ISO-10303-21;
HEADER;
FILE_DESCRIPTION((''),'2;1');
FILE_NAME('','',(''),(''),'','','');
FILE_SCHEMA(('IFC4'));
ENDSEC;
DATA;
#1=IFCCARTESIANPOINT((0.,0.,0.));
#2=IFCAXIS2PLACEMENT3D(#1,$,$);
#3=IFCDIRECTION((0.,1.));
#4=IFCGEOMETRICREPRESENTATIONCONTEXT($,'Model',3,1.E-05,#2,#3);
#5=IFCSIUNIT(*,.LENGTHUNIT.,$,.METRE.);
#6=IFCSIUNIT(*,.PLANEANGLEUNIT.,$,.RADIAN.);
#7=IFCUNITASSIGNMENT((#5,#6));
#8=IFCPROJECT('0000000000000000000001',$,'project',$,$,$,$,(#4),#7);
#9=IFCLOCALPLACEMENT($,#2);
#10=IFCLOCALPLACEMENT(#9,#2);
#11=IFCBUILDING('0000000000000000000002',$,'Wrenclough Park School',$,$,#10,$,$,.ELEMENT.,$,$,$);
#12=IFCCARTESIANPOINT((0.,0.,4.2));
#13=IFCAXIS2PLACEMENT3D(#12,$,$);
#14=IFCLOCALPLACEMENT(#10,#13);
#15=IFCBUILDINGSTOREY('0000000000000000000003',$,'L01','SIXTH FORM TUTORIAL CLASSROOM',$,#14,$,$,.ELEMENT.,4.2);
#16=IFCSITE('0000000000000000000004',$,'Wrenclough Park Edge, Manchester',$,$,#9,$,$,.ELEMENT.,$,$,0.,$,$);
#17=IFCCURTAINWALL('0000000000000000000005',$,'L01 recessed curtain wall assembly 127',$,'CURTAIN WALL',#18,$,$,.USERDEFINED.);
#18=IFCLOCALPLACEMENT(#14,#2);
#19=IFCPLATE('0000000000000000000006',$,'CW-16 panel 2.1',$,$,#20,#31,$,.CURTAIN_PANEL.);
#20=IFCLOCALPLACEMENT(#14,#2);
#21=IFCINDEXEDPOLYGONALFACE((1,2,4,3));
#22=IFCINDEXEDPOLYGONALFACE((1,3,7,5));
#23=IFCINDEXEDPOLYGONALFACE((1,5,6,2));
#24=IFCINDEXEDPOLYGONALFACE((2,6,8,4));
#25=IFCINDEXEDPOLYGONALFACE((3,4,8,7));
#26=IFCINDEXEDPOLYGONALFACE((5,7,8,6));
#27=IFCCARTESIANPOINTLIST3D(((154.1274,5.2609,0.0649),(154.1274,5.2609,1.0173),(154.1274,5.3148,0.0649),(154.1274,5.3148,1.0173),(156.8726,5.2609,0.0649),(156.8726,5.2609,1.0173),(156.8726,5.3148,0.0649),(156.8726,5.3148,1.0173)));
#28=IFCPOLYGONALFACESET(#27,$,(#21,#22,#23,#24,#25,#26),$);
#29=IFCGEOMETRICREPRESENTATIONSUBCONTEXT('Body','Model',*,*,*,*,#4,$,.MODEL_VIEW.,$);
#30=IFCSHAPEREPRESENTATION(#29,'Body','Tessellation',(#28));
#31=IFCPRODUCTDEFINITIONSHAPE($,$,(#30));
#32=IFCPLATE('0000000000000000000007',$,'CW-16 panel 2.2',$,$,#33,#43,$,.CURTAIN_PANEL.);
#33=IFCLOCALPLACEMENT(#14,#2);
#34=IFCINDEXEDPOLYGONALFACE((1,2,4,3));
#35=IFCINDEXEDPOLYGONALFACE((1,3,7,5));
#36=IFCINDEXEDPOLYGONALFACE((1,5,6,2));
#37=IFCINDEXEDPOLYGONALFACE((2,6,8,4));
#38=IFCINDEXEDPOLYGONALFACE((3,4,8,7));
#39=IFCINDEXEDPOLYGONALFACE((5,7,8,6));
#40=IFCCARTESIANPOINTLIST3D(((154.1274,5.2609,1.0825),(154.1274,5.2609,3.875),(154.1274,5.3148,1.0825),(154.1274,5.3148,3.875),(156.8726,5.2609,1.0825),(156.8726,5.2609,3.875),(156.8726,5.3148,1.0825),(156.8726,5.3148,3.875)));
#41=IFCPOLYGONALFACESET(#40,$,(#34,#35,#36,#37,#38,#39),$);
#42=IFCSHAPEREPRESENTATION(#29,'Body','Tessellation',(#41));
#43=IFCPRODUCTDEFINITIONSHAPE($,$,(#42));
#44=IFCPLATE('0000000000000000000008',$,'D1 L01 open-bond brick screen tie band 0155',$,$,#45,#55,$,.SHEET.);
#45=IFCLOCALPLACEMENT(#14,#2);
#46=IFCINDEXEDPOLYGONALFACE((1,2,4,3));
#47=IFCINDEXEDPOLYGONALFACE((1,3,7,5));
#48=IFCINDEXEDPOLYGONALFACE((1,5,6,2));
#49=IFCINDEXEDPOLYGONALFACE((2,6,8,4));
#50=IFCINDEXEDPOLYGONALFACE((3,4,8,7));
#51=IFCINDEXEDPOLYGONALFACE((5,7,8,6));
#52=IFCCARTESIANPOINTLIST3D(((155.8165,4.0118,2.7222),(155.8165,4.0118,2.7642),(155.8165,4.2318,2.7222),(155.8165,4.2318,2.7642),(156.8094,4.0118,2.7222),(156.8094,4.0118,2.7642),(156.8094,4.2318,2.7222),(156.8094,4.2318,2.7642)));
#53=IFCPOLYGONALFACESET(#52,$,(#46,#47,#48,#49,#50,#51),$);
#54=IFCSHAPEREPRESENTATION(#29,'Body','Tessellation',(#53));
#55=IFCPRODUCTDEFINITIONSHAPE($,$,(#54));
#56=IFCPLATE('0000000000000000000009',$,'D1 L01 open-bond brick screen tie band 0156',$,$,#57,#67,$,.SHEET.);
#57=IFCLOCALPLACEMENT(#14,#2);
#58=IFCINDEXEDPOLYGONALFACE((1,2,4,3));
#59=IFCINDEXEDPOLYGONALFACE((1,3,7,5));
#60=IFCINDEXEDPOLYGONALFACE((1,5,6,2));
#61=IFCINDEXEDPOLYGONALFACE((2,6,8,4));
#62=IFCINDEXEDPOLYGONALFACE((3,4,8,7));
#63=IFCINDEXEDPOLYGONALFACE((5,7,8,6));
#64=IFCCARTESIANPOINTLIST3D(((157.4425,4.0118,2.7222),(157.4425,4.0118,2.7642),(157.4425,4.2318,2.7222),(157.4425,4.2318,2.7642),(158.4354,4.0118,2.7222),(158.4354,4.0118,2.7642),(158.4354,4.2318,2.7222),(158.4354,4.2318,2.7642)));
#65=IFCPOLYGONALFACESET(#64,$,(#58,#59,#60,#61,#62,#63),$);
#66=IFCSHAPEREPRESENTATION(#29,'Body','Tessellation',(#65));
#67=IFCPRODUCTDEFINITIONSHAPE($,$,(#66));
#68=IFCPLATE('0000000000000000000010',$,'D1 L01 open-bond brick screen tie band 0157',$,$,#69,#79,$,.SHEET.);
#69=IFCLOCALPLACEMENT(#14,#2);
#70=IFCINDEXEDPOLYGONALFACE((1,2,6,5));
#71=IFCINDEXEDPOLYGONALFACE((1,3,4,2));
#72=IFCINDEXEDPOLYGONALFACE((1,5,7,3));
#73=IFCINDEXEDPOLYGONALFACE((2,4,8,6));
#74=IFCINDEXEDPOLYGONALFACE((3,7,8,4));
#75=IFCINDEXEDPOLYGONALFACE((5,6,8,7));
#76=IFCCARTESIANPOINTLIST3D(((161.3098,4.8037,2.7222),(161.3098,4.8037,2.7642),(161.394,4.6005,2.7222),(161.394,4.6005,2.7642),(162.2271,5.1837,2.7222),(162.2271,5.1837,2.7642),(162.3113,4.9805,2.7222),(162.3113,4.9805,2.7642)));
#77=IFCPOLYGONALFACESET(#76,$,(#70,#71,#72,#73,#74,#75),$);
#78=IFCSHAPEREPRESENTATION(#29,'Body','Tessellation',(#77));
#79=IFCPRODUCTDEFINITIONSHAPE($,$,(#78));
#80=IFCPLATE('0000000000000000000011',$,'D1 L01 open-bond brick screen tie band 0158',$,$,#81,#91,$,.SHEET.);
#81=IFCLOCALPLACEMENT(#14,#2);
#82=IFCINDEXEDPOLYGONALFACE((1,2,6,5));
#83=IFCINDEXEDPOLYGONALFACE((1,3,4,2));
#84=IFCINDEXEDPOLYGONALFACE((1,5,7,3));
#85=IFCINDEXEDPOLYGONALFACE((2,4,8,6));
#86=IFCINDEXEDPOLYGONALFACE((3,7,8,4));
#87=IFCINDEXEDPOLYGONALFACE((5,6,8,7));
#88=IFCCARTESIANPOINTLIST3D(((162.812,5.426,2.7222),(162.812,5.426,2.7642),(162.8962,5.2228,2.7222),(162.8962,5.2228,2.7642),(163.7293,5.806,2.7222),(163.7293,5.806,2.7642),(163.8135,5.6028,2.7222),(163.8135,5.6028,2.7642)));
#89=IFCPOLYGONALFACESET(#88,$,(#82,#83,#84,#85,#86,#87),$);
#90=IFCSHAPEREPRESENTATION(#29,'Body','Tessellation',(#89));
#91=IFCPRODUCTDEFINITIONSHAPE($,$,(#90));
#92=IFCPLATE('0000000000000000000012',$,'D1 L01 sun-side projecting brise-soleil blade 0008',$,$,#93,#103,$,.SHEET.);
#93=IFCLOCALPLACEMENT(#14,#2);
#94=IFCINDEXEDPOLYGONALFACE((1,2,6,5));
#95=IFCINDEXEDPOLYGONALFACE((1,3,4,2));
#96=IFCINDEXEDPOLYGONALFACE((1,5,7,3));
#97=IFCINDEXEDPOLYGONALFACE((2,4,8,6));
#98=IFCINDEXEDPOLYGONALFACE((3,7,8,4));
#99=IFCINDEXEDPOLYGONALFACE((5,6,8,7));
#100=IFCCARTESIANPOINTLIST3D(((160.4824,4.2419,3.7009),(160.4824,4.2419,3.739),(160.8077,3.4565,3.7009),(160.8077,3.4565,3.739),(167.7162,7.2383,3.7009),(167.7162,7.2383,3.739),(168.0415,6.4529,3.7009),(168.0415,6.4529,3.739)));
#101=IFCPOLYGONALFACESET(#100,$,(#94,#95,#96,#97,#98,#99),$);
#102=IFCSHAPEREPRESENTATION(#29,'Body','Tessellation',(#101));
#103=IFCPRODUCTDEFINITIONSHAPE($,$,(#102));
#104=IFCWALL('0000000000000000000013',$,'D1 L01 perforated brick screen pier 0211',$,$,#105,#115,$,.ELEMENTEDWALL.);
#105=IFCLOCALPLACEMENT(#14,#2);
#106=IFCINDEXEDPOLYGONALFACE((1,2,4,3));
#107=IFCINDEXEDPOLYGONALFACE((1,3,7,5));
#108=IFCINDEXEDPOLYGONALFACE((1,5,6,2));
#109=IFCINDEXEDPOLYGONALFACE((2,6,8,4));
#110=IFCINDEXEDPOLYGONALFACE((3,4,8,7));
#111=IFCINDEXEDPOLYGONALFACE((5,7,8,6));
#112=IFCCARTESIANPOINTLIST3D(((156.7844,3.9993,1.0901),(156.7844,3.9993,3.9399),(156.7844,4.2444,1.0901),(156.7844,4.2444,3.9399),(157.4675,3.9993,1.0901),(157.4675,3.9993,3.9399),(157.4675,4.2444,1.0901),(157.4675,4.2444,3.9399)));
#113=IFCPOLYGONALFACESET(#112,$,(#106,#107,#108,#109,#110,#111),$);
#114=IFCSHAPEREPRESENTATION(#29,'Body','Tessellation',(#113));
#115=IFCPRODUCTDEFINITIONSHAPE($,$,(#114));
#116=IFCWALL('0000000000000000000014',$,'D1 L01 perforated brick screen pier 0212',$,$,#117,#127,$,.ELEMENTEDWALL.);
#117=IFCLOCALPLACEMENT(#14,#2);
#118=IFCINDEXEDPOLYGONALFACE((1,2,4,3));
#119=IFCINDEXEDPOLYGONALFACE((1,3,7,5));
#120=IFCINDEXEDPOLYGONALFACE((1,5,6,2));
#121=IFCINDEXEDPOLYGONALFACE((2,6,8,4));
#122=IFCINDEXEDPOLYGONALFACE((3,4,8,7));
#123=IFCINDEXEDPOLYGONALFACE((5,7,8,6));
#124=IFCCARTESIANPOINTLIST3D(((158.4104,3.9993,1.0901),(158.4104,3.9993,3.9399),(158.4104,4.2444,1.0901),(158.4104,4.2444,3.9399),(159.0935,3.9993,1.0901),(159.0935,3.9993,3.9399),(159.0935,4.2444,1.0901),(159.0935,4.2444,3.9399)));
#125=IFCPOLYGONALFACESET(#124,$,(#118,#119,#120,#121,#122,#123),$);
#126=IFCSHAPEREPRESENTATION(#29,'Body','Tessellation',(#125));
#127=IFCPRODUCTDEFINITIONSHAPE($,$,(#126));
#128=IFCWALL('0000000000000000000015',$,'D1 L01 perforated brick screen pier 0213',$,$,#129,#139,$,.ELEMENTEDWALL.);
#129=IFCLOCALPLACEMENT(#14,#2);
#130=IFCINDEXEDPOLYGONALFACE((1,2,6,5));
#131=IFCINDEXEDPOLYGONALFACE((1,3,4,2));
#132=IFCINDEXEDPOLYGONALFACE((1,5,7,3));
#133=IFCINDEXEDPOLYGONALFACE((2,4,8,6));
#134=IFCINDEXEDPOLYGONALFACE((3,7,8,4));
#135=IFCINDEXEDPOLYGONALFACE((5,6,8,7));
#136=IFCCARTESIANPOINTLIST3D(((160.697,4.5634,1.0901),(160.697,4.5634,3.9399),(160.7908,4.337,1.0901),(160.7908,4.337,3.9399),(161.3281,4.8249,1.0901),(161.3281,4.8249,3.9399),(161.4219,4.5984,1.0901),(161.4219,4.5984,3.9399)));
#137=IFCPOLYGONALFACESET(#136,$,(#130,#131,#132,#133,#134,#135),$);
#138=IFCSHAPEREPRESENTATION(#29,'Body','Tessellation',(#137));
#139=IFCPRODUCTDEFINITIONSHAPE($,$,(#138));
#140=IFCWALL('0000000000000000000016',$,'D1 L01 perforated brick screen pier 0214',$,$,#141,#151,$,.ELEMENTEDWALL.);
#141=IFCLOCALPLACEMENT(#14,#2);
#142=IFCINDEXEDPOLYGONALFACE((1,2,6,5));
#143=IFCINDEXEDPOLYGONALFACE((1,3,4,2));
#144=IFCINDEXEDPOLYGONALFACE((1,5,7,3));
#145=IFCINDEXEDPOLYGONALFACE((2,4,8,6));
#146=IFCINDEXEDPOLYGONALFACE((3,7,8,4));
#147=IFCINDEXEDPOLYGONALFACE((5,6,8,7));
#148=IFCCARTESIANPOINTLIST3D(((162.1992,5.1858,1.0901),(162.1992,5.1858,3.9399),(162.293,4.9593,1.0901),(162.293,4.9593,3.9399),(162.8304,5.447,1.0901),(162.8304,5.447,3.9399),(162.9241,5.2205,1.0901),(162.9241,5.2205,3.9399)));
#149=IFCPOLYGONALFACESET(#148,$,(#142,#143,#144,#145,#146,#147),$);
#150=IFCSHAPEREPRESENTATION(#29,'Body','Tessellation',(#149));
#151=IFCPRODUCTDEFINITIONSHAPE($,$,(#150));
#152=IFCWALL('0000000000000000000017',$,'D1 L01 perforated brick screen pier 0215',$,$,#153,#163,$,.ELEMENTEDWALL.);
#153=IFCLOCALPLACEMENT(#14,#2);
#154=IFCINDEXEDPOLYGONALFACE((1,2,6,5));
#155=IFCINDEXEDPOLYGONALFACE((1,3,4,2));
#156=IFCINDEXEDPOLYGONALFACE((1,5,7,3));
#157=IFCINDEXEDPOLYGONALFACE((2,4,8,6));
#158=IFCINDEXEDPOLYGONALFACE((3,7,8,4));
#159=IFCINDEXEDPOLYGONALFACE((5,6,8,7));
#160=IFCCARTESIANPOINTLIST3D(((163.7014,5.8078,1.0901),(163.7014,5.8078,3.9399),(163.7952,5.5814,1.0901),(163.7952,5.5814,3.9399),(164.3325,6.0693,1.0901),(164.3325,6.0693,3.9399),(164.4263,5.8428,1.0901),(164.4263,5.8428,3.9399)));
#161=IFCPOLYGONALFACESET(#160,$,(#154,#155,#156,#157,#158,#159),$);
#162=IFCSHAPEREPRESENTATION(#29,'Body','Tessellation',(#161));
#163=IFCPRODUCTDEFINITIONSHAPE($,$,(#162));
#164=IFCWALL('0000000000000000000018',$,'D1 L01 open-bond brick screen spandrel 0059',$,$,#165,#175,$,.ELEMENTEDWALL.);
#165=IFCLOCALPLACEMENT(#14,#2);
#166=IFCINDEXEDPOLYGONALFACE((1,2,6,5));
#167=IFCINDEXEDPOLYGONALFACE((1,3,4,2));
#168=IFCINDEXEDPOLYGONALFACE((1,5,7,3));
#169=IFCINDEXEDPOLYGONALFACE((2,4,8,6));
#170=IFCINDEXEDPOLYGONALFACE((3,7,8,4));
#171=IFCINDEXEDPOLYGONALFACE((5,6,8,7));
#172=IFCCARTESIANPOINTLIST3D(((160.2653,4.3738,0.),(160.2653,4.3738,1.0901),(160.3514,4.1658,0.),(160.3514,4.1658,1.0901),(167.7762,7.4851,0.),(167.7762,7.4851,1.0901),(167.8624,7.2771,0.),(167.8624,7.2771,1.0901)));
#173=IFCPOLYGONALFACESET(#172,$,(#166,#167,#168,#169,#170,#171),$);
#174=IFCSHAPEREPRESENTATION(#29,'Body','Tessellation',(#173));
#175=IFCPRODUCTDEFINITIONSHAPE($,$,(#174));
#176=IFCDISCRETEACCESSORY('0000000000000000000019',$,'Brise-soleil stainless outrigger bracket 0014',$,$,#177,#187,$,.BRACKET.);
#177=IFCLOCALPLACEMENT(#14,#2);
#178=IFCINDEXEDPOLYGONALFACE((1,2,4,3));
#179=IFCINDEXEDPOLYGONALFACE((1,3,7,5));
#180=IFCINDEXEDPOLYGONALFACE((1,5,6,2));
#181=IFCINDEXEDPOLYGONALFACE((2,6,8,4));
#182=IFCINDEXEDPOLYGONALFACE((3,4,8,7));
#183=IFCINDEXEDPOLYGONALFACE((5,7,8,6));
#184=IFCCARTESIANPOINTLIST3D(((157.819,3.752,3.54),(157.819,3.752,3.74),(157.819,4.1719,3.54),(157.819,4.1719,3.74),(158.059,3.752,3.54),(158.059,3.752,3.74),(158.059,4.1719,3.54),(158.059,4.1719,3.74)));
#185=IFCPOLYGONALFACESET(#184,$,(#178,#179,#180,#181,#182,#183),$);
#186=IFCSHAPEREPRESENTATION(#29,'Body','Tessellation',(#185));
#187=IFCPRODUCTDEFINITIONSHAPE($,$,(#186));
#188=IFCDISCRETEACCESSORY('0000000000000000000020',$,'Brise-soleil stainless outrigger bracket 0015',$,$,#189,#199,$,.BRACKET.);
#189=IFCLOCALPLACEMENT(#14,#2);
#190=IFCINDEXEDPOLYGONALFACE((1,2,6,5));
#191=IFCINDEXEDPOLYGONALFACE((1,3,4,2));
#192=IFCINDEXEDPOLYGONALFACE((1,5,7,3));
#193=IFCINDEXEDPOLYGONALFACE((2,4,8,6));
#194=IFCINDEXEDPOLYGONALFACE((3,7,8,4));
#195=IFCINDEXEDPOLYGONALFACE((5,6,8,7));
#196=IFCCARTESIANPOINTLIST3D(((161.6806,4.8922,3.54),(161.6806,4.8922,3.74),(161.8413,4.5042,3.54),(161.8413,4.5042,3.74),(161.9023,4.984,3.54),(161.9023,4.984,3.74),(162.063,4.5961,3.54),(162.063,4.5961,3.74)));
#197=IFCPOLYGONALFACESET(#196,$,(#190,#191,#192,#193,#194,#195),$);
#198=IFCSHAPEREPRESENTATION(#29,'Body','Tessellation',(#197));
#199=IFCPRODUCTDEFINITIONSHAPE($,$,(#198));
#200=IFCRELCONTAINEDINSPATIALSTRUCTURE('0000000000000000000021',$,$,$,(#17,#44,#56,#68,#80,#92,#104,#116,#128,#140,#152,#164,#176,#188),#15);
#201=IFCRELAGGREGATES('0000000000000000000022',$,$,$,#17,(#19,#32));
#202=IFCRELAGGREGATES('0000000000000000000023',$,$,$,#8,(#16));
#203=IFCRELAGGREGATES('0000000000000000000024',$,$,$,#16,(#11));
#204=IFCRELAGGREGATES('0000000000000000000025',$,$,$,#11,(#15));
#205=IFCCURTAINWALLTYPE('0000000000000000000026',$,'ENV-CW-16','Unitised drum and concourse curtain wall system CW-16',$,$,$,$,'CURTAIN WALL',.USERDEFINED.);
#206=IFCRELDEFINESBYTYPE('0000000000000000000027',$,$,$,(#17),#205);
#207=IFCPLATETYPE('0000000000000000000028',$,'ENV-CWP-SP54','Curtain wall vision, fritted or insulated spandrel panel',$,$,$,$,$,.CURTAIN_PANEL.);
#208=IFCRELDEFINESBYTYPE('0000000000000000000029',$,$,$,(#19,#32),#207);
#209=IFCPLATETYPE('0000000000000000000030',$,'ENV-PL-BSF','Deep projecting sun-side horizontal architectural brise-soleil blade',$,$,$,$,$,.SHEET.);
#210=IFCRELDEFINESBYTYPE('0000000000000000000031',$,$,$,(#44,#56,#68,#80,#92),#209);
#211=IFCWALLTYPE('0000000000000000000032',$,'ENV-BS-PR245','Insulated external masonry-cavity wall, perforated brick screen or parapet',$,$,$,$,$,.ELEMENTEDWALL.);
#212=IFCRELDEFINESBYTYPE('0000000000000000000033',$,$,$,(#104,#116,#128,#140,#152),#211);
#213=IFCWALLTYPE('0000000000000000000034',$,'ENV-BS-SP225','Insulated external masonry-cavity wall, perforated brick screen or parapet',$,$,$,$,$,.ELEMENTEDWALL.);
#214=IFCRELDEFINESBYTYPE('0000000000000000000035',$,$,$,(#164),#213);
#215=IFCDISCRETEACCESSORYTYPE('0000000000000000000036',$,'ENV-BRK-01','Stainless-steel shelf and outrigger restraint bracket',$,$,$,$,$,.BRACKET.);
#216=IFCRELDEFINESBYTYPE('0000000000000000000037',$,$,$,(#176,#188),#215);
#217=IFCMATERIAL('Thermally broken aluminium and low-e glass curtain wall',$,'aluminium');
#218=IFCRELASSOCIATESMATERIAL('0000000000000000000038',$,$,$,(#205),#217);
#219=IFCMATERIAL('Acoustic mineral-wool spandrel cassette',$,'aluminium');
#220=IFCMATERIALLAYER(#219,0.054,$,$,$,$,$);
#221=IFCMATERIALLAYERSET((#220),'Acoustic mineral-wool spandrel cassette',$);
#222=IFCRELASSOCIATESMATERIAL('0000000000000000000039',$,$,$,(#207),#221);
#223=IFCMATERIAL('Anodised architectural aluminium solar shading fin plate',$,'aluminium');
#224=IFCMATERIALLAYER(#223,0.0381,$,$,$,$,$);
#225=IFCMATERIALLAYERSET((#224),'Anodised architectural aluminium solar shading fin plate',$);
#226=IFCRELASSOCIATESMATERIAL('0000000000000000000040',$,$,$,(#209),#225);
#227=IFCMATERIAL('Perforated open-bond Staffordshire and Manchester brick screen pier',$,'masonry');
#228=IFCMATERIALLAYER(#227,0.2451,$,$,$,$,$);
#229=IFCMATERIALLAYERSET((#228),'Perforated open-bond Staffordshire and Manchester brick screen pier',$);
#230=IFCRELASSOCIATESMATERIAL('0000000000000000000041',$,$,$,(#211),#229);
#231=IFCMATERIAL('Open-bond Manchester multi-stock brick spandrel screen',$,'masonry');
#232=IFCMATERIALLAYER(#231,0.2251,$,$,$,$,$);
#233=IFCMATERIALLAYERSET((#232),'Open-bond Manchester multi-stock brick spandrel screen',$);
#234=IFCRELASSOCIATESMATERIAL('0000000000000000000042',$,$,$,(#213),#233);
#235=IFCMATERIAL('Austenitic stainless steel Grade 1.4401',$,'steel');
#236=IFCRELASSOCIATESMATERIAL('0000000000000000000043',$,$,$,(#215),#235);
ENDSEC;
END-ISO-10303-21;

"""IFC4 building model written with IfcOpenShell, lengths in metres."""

from ifc_helpers import new_model, si_unit, direction, frame, frame_2d, origin, origin_2d, place, context, subcontext, project, spatial, rectangle, extrude, material, layer, layer_set, type_object, element, aggregate, save


model = new_model("IFC4")

# Units and contexts
model_context = context("Model", 3, precision=1e-05, world=origin(), true_north=direction((0.0, 1.0)))
body_context = subcontext(model_context, "Body", "Model", "MODEL_VIEW")
ifc_project = project(units=[si_unit("LENGTHUNIT", "METRE"), si_unit("PLANEANGLEUNIT", "RADIAN")], contexts=[model_context])

# Site, building, storey
site_placement = place(None, origin())
site = spatial("IfcSite", under=ifc_project, at=site_placement, Name="Wrenclough Park Edge, Manchester", CompositionType="ELEMENT", RefElevation=0.0)
building_placement = place(site_placement, origin())
building = spatial("IfcBuilding", under=site, at=building_placement, Name="Wrenclough Park School", CompositionType="ELEMENT")
storey_placement = place(building_placement, frame((0.0, 0.0, 4.2)))
storey = spatial("IfcBuildingStorey", under=building, at=storey_placement, Name="L01", Description="SIXTH FORM TUTORIAL CLASSROOM", CompositionType="ELEMENT", Elevation=4.2)

# Curtain wall
ifc_material_1 = material(Name="Thermally broken aluminium and low-e glass curtain wall", Category="aluminium")
curtain_wall_type = type_object("IfcCurtainWallType", Name="ENV-CW-16", Description="Unitised drum and concourse curtain wall system CW-16", ElementType="CURTAIN WALL", PredefinedType="USERDEFINED", material=ifc_material_1)
curtain_wall_placement = place(storey_placement, origin())
curtain_wall = element("IfcCurtainWall", 1, at=curtain_wall_placement, inside=storey, type_object=curtain_wall_type, Name="L01 recessed curtain wall assembly 127", ObjectType="CURTAIN WALL", PredefinedType="USERDEFINED")

# Plates
ifc_material_2 = material(Name="Acoustic mineral-wool spandrel cassette", Category="aluminium")
ifc_layer_1 = layer(ifc_material_2, 0.054)
ifc_layer_set_1 = layer_set([ifc_layer_1], Name="Acoustic mineral-wool spandrel cassette")
plate_type_1 = type_object("IfcPlateType", Name="ENV-CWP-SP54", Description="Curtain wall vision, fritted or insulated spandrel panel", PredefinedType="CURTAIN_PANEL", material=ifc_layer_set_1)
plate_1_placement = place(storey_placement, frame((155.5, 5.2878, 0.0649), z_axis=(0.0, 0.0, 1.0), x_axis=(-1.0, 0.0, 0.0)))
plate_1 = element("IfcPlate", 2, at=plate_1_placement, type_object=plate_type_1, Name="CW-16 panel 2.1", PredefinedType="CURTAIN_PANEL", context=body_context, shape_type="SweptSolid", body=[
    extrude(rectangle(XDim=2.7451, YDim=0.054, at=origin_2d()), origin(), (0.0, 0.0, 1.0), 0.9524),
])
plate_2_placement = place(storey_placement, frame((155.5, 5.2878, 1.0825), z_axis=(0.0, 0.0, 1.0), x_axis=(-1.0, 0.0, 0.0)))
plate_2 = element("IfcPlate", 3, at=plate_2_placement, type_object=plate_type_1, Name="CW-16 panel 2.2", PredefinedType="CURTAIN_PANEL", context=body_context, shape_type="SweptSolid", body=[
    extrude(rectangle(XDim=2.7451, YDim=0.054, at=origin_2d()), origin(), (0.0, 0.0, 1.0), 2.7925),
])
aggregate(curtain_wall, [plate_1, plate_2])

# Plates
ifc_material_3 = material(Name="Anodised architectural aluminium solar shading fin plate", Category="aluminium")
ifc_layer_2 = layer(ifc_material_3, 0.0381)
ifc_layer_set_2 = layer_set([ifc_layer_2], Name="Anodised architectural aluminium solar shading fin plate")
plate_type_2 = type_object("IfcPlateType", Name="ENV-PL-BSF", Description="Deep projecting sun-side horizontal architectural brise-soleil blade", PredefinedType="SHEET", material=ifc_layer_set_2)
for number, where, z_axis, x_axis, name in (
    (4, (156.313, 4.1218, 2.7222), (0.0, 0.0, 1.0), (1.0, 0.0, 0.0), "D1 L01 open-bond brick screen tie band 0155"),
    (5, (157.939, 4.1218, 2.7222), (0.0, 0.0, 1.0), (1.0, 0.0, 0.0), "D1 L01 open-bond brick screen tie band 0156"),
    (6, (161.8105, 4.8921, 2.7222), (0.0, 0.0, 1.0), (0.923876, 0.382692, 0.0), "D1 L01 open-bond brick screen tie band 0157"),
    (7, (163.3127, 5.5144, 2.7222), (0.0, 0.0, 1.0), (0.923876, 0.382692, 0.0), "D1 L01 open-bond brick screen tie band 0158"),
):
    element("IfcPlate", number, at=place(storey_placement, frame(where, z_axis=z_axis, x_axis=x_axis)), inside=storey, type_object=plate_type_2, Name=name, PredefinedType="SHEET", context=body_context, shape_type="SweptSolid", body=[
        extrude(rectangle(XDim=0.9929, YDim=0.22, at=origin_2d()), origin(), (0.0, 0.0, 1.0), 0.042),
    ])
plate_3_placement = place(storey_placement, frame((164.262, 5.3474, 3.7009), z_axis=(0.0, 0.0, 1.0), x_axis=(0.923876, 0.382692, 0.0)))
element("IfcPlate", 8, at=plate_3_placement, inside=storey, type_object=plate_type_2, Name="D1 L01 sun-side projecting brise-soleil blade 0008", PredefinedType="SHEET", context=body_context, shape_type="SweptSolid", body=[
    extrude(rectangle(XDim=7.8298, YDim=0.8501, at=origin_2d()), origin(), (0.0, 0.0, 1.0), 0.0381),
])

# Walls
ifc_material_4 = material(Name="Perforated open-bond Staffordshire and Manchester brick screen pier", Category="masonry")
ifc_layer_3 = layer(ifc_material_4, 0.2451)
ifc_layer_set_3 = layer_set([ifc_layer_3], Name="Perforated open-bond Staffordshire and Manchester brick screen pier")
wall_type_1 = type_object("IfcWallType", Name="ENV-BS-PR245", Description="Insulated external masonry-cavity wall, perforated brick screen or parapet", PredefinedType="ELEMENTEDWALL", material=ifc_layer_set_3)
for number, where, z_axis, x_axis, name in (
    (9, (156.7844, 4.1218, 1.0901), (0.0, 0.0, 1.0), (1.0, 0.0, 0.0), "D1 L01 perforated brick screen pier 0211"),
    (10, (158.4104, 4.1218, 1.0901), (0.0, 0.0, 1.0), (1.0, 0.0, 0.0), "D1 L01 perforated brick screen pier 0212"),
    (11, (160.7439, 4.4502, 1.0901), (0.0, 0.0, 1.0), (0.923847, 0.382762, 0.0), "D1 L01 perforated brick screen pier 0213"),
    (12, (162.2461, 5.0725, 1.0901), (0.0, 0.0, 1.0), (0.923973, 0.382457, 0.0), "D1 L01 perforated brick screen pier 0214"),
    (13, (163.7483, 5.6946, 1.0901), (0.0, 0.0, 1.0), (0.923847, 0.382762, 0.0), "D1 L01 perforated brick screen pier 0215"),
):
    element("IfcWall", number, at=place(storey_placement, frame(where, z_axis=z_axis, x_axis=x_axis)), inside=storey, type_object=wall_type_1, Name=name, PredefinedType="ELEMENTEDWALL", context=body_context, shape_type="SweptSolid", body=[
        extrude(rectangle(XDim=0.6831, YDim=0.2451, at=frame_2d((0.3416, 0.0))), origin(), (0.0, 0.0, 1.0), 2.8499),
    ])
ifc_material_5 = material(Name="Open-bond Manchester multi-stock brick spandrel screen", Category="masonry")
ifc_layer_4 = layer(ifc_material_5, 0.2251)
ifc_layer_set_4 = layer_set([ifc_layer_4], Name="Open-bond Manchester multi-stock brick spandrel screen")
wall_type_2 = type_object("IfcWallType", Name="ENV-BS-SP225", Description="Insulated external masonry-cavity wall, perforated brick screen or parapet", PredefinedType="ELEMENTEDWALL", material=ifc_layer_set_4)
wall_placement = place(storey_placement, frame((160.3083, 4.2698, 0.0), z_axis=(0.0, 0.0, 1.0), x_axis=(0.923872, 0.382702, 0.0)))
element("IfcWall", 14, at=wall_placement, inside=storey, type_object=wall_type_2, Name="D1 L01 open-bond brick screen spandrel 0059", PredefinedType="ELEMENTEDWALL", context=body_context, shape_type="SweptSolid", body=[
    extrude(rectangle(XDim=8.1299, YDim=0.2251, at=frame_2d((4.0649, 0.0))), origin(), (0.0, 0.0, 1.0), 1.0901),
])

# Discrete accessories
ifc_material_6 = material(Name="Austenitic stainless steel Grade 1.4401", Category="steel")
discrete_accessory_type = type_object("IfcDiscreteAccessoryType", Name="ENV-BRK-01", Description="Stainless-steel shelf and outrigger restraint bracket", PredefinedType="BRACKET", material=ifc_material_6)
for number, where, z_axis, x_axis, name in (
    (15, (157.939, 3.9619, 3.54), (0.0, 0.0, 1.0), (1.0, 0.0, 0.0), "Brise-soleil stainless outrigger bracket 0014"),
    (16, (161.8718, 4.7441, 3.54), (0.0, 0.0, 1.0), (0.923876, 0.382692, 0.0), "Brise-soleil stainless outrigger bracket 0015"),
):
    element("IfcDiscreteAccessory", number, at=place(storey_placement, frame(where, z_axis=z_axis, x_axis=x_axis)), inside=storey, type_object=discrete_accessory_type, Name=name, PredefinedType="BRACKET", context=body_context, shape_type="SweptSolid", body=[
        extrude(rectangle(XDim=0.24, YDim=0.4199, at=origin_2d()), origin(), (0.0, 0.0, 1.0), 0.2),
    ])

save(model, "model.ifc")
